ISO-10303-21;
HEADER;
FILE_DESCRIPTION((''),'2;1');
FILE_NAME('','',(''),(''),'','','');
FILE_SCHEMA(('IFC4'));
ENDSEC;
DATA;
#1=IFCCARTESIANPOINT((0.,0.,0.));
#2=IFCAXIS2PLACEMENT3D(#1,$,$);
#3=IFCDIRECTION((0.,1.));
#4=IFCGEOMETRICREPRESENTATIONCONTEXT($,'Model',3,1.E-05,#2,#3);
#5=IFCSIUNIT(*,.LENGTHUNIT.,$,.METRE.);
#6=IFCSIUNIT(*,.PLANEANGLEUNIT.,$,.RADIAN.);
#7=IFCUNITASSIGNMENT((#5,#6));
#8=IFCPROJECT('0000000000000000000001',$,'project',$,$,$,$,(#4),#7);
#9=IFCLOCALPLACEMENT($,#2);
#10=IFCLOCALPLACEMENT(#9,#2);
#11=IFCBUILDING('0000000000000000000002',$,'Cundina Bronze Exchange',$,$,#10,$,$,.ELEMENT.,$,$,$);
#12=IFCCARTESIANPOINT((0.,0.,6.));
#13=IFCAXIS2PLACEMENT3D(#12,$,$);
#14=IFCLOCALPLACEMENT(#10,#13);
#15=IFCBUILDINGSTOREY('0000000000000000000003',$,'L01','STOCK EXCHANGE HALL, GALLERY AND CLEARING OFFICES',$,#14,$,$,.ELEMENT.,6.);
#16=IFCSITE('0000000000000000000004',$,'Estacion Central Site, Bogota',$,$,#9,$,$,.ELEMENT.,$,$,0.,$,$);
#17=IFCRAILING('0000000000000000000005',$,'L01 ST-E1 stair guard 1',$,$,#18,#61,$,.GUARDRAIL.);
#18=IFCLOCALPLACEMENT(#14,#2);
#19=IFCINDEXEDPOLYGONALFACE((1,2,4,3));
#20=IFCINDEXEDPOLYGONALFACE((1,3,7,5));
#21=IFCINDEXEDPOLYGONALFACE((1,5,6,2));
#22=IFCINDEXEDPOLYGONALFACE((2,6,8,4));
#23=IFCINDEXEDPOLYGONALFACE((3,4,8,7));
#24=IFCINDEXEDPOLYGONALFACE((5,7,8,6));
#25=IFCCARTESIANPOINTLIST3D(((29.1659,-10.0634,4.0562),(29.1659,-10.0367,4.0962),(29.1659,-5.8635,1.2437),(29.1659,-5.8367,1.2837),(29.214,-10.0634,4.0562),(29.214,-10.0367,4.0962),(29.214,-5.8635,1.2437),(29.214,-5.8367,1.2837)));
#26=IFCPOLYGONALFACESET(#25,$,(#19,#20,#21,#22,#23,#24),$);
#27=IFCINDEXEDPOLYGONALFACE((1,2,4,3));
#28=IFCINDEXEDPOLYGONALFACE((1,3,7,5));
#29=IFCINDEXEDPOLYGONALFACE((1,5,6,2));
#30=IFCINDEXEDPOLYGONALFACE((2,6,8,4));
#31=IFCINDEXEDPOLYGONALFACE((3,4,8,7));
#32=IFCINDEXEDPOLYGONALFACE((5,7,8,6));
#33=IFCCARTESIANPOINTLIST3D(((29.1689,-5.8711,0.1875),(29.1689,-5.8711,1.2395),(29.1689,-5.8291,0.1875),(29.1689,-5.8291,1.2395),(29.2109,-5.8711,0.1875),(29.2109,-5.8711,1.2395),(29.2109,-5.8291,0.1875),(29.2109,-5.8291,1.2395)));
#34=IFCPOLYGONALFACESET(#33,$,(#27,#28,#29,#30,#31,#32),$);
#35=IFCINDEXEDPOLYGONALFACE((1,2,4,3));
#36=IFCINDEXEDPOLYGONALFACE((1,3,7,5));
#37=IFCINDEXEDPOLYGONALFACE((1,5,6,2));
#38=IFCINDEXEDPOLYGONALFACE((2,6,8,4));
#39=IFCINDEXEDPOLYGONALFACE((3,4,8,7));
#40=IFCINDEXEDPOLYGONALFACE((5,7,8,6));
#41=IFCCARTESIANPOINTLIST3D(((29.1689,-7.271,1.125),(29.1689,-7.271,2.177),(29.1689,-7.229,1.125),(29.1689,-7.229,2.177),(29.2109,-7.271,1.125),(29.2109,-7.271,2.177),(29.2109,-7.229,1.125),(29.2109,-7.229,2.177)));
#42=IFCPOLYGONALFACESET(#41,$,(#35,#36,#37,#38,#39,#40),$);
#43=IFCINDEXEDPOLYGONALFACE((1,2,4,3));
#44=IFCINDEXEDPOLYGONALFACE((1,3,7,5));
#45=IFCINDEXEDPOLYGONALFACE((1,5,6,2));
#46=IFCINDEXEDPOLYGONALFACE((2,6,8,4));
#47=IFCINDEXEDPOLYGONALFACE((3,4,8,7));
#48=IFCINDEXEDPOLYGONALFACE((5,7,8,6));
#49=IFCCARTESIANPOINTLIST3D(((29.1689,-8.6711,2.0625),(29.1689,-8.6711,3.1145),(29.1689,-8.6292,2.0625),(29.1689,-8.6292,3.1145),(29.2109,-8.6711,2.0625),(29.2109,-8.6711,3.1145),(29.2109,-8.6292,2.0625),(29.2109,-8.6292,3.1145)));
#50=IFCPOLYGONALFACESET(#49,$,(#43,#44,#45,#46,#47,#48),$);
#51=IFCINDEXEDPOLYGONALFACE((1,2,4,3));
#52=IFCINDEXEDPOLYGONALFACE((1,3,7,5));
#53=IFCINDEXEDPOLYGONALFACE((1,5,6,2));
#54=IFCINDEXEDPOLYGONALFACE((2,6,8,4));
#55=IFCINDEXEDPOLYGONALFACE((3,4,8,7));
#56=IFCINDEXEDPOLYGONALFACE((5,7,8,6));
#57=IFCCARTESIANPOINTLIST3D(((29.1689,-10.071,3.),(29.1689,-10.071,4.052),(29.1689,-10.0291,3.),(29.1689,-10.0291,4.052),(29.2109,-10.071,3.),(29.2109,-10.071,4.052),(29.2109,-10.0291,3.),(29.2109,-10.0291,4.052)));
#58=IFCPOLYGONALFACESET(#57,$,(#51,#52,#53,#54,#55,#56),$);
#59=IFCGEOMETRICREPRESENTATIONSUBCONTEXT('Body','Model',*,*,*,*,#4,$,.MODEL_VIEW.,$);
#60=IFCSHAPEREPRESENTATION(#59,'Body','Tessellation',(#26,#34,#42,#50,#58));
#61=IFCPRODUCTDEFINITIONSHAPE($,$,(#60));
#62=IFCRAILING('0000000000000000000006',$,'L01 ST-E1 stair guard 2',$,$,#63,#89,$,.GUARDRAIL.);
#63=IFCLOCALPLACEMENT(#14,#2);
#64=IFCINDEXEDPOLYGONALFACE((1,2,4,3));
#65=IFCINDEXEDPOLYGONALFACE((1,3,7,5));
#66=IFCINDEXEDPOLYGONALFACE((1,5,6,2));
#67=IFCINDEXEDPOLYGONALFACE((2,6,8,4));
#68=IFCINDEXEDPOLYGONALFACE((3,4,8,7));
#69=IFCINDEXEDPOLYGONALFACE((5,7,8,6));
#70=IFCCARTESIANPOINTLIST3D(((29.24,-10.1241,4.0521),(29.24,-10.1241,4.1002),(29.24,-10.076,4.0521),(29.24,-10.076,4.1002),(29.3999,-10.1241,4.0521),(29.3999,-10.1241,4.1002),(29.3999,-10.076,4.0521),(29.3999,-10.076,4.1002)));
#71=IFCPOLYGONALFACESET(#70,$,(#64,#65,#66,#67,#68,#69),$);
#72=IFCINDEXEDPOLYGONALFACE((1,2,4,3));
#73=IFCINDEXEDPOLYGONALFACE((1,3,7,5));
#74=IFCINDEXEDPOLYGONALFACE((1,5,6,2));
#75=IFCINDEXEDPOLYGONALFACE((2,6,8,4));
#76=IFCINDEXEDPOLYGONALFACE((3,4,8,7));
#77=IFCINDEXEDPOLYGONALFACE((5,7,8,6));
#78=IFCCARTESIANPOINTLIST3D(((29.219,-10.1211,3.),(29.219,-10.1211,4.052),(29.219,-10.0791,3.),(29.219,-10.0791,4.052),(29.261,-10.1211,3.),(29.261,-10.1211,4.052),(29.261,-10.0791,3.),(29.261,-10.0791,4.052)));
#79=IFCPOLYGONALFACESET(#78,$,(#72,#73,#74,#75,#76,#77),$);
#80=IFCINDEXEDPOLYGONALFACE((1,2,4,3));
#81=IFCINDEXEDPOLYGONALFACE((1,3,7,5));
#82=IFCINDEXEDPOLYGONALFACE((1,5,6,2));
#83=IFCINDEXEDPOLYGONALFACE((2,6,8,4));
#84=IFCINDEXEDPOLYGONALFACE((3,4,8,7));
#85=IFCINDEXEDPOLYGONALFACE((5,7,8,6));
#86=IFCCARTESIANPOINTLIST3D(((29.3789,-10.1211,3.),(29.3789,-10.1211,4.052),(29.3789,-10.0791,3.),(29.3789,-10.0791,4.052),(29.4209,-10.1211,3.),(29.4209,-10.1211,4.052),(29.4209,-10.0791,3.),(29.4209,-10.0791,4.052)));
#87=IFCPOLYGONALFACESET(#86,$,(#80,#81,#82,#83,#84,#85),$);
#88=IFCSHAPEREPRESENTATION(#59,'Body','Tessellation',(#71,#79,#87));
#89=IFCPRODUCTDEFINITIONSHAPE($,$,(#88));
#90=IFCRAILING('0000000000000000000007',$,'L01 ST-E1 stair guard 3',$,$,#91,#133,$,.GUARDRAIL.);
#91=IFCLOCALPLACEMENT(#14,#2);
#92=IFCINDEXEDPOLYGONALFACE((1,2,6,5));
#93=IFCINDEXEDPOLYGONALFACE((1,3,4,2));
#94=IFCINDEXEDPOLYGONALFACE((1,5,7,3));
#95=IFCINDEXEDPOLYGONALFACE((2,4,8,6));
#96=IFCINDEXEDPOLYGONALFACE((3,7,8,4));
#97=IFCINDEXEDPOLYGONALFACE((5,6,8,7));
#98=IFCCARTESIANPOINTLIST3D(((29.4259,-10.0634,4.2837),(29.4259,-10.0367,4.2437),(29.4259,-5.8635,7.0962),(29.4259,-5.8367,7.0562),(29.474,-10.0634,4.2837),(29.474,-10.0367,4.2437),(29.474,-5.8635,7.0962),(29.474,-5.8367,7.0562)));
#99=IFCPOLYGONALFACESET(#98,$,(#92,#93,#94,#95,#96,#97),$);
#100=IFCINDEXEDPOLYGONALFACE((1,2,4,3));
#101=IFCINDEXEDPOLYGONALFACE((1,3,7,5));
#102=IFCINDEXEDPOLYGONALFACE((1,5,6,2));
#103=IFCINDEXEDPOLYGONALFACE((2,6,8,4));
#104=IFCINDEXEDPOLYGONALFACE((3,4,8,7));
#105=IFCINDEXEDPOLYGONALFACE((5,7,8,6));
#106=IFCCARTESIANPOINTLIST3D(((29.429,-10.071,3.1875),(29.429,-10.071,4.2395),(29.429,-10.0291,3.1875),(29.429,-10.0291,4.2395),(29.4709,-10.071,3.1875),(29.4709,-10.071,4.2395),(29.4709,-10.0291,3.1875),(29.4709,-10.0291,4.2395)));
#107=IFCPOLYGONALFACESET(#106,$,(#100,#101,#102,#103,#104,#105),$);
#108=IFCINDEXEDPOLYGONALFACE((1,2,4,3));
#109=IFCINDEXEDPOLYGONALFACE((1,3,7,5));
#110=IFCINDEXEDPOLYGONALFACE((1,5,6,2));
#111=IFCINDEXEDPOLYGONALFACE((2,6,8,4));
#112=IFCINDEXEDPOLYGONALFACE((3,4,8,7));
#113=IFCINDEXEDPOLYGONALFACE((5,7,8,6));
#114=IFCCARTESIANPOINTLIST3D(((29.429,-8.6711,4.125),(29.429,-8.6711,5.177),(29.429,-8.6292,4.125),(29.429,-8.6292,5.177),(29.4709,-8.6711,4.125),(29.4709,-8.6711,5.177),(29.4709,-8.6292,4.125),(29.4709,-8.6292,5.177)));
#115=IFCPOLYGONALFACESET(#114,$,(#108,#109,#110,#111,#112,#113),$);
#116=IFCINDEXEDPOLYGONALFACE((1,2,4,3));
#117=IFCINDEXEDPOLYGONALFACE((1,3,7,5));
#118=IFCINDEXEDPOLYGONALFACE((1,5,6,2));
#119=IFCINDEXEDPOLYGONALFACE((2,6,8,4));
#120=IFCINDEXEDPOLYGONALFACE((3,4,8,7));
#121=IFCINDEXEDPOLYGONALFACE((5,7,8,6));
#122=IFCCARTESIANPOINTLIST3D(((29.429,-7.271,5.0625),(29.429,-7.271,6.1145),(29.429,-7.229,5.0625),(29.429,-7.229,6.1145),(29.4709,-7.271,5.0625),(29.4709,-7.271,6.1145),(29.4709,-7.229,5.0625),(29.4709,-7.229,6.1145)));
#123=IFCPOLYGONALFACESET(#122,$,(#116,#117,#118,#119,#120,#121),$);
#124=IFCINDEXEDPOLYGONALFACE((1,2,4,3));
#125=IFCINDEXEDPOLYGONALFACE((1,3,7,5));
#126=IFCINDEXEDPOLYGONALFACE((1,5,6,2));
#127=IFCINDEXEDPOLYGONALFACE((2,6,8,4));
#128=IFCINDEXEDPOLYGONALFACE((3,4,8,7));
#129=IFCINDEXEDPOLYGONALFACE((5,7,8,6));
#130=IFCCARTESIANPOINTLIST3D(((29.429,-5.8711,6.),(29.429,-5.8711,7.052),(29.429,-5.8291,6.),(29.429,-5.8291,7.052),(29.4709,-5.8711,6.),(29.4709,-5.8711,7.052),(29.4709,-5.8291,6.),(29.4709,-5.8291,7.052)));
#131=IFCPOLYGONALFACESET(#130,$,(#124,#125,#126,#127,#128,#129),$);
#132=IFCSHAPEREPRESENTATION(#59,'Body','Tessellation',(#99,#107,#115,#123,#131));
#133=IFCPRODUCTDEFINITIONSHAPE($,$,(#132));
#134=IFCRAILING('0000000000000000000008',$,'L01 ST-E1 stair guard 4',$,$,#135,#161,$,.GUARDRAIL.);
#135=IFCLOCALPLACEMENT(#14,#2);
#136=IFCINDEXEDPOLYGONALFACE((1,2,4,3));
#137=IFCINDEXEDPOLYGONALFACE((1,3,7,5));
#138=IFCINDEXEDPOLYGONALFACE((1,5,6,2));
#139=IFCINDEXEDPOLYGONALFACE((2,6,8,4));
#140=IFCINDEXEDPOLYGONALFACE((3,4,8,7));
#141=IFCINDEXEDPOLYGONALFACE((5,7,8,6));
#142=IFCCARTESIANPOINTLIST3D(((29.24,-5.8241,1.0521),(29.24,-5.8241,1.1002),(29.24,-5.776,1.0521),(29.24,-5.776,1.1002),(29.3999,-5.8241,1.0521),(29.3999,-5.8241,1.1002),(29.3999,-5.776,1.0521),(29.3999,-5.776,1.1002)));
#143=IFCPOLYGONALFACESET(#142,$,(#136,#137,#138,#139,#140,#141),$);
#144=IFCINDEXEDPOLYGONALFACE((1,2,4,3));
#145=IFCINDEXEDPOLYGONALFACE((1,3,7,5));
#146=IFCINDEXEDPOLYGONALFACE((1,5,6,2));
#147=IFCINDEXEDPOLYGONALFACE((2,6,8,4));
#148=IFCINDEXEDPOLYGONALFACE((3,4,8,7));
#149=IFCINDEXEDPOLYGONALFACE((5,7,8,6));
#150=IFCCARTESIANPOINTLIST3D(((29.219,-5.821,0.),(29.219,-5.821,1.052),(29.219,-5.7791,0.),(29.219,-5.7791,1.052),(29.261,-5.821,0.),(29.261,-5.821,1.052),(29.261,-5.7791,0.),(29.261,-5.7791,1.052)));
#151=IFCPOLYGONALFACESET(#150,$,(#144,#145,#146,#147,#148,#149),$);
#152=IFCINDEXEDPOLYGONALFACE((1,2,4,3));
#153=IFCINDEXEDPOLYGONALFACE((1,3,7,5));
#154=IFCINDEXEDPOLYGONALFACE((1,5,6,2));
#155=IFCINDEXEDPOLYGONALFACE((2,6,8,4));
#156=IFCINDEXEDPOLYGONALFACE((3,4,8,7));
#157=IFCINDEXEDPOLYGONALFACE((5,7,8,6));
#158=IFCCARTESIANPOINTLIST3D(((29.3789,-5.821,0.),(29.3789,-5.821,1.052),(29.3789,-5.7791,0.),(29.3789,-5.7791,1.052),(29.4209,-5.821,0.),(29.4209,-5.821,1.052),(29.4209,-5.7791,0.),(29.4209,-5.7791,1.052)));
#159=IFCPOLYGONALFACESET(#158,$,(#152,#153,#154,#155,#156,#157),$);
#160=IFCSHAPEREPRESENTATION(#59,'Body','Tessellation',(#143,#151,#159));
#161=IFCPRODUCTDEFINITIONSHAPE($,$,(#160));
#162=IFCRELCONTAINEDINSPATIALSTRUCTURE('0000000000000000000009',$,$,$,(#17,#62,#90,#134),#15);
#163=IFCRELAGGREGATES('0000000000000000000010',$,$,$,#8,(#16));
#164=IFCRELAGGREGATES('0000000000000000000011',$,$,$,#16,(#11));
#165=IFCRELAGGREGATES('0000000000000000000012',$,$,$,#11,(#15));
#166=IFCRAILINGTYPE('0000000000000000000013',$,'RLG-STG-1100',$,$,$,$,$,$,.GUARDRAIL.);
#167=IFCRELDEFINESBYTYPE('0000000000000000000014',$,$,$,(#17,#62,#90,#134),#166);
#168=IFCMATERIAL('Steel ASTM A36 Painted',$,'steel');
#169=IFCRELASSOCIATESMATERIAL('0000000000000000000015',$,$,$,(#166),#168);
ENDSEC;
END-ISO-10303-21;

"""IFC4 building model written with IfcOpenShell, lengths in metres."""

from ifc_helpers import new_model, si_unit, direction, frame, origin, origin_2d, place, context, subcontext, project, spatial, rectangle, extrude, material, type_object, element, save


model = new_model("IFC4")

# Units and contexts
model_context = context("Model", 3, precision=1e-05, world=origin(), true_north=direction((0.0, 1.0)))
body_context = subcontext(model_context, "Body", "Model", "MODEL_VIEW")
ifc_project = project(units=[si_unit("LENGTHUNIT", "METRE"), si_unit("PLANEANGLEUNIT", "RADIAN")], contexts=[model_context])

# Site, building, storey
site_placement = place(None, origin())
site = spatial("IfcSite", under=ifc_project, at=site_placement, Name="Estacion Central Site, Bogota", CompositionType="ELEMENT", RefElevation=0.0)
building_placement = place(site_placement, origin())
building = spatial("IfcBuilding", under=site, at=building_placement, Name="Cundina Bronze Exchange", CompositionType="ELEMENT")
storey_placement = place(building_placement, frame((0.0, 0.0, 6.0)))
storey = spatial("IfcBuildingStorey", under=building, at=storey_placement, Name="L01", Description="STOCK EXCHANGE HALL, GALLERY AND CLEARING OFFICES", CompositionType="ELEMENT", Elevation=6.0)

# Shared definitions
ifc_material_1 = material(Name="Steel ASTM A36 Painted", Category="steel")

# Railings
railing_type_1 = type_object("IfcRailingType", Name="RLG-STG-1100", PredefinedType="GUARDRAIL", material=ifc_material_1)
railing_1_placement = place(storey_placement, frame((29.1899, -5.8501, 0.1875)))
element("IfcRailing", 1, at=railing_1_placement, inside=storey, type_object=railing_type_1, Name="L01 ST-E1 stair guard 1", PredefinedType="GUARDRAIL", context=body_context, shape_type="SweptSolid", body=[
    extrude(rectangle(XDim=0.0481, YDim=0.0481, at=origin_2d()), frame((0.0, 0.0, 1.0762), z_axis=(0.0, -0.830904, 0.556416), x_axis=(1.0, 0.0, 0.0)), (0.0, 0.0, 1.0), 5.0547),
    extrude(rectangle(XDim=0.042, YDim=0.042, at=origin_2d()), origin(), (0.0, 0.0, 1.0), 1.052),
    extrude(rectangle(XDim=0.042, YDim=0.042, at=origin_2d()), frame((0.0, -1.3999, 0.9375)), (0.0, 0.0, 1.0), 1.052),
    extrude(rectangle(XDim=0.042, YDim=0.042, at=origin_2d()), frame((0.0, -2.8, 1.875)), (0.0, 0.0, 1.0), 1.052),
    extrude(rectangle(XDim=0.042, YDim=0.042, at=origin_2d()), frame((0.0, -4.2, 2.8125)), (0.0, 0.0, 1.0), 1.052),
])
railing_2_placement = place(storey_placement, frame((29.24, -10.1001, 3.0)))
element("IfcRailing", 2, at=railing_2_placement, inside=storey, type_object=railing_type_1, Name="L01 ST-E1 stair guard 2", PredefinedType="GUARDRAIL", context=body_context, shape_type="SweptSolid", body=[
    extrude(rectangle(XDim=0.0481, YDim=0.0481, at=origin_2d()), frame((0.0, 0.0, 1.0762), z_axis=(1.0, 0.0, 0.0), x_axis=(0.0, 1.0, 0.0)), (0.0, 0.0, 1.0), 0.1599),
    extrude(rectangle(XDim=0.042, YDim=0.042, at=origin_2d()), origin(), (0.0, 0.0, 1.0), 1.052),
    extrude(rectangle(XDim=0.042, YDim=0.042, at=origin_2d()), frame((0.1599, 0.0, 0.0)), (0.0, 0.0, 1.0), 1.052),
])
railing_3_placement = place(storey_placement, frame((29.45, -10.05, 3.1875)))
element("IfcRailing", 3, at=railing_3_placement, inside=storey, type_object=railing_type_1, Name="L01 ST-E1 stair guard 3", PredefinedType="GUARDRAIL", context=body_context, shape_type="SweptSolid", body=[
    extrude(rectangle(XDim=0.0481, YDim=0.0481, at=origin_2d()), frame((0.0, 0.0, 1.0762), z_axis=(0.0, 0.830904, 0.556416), x_axis=(-1.0, 0.0, 0.0)), (0.0, 0.0, 1.0), 5.0547),
    extrude(rectangle(XDim=0.042, YDim=0.042, at=origin_2d()), origin(), (0.0, 0.0, 1.0), 1.052),
    extrude(rectangle(XDim=0.042, YDim=0.042, at=origin_2d()), frame((0.0, 1.3999, 0.9375)), (0.0, 0.0, 1.0), 1.052),
    extrude(rectangle(XDim=0.042, YDim=0.042, at=origin_2d()), frame((0.0, 2.8, 1.875)), (0.0, 0.0, 1.0), 1.052),
    extrude(rectangle(XDim=0.042, YDim=0.042, at=origin_2d()), frame((0.0, 4.2, 2.8125)), (0.0, 0.0, 1.0), 1.052),
])
railing_4_placement = place(storey_placement, frame((29.24, -5.8, 0.0)))
element("IfcRailing", 4, at=railing_4_placement, inside=storey, type_object=railing_type_1, Name="L01 ST-E1 stair guard 4", PredefinedType="GUARDRAIL", context=body_context, shape_type="SweptSolid", body=[
    extrude(rectangle(XDim=0.0481, YDim=0.0481, at=origin_2d()), frame((0.0, 0.0, 1.0762), z_axis=(1.0, 0.0, 0.0), x_axis=(0.0, 1.0, 0.0)), (0.0, 0.0, 1.0), 0.1599),
    extrude(rectangle(XDim=0.042, YDim=0.042, at=origin_2d()), origin(), (0.0, 0.0, 1.0), 1.052),
    extrude(rectangle(XDim=0.042, YDim=0.042, at=origin_2d()), frame((0.1599, 0.0, 0.0)), (0.0, 0.0, 1.0), 1.052),
])

save(model, "model.ifc")
